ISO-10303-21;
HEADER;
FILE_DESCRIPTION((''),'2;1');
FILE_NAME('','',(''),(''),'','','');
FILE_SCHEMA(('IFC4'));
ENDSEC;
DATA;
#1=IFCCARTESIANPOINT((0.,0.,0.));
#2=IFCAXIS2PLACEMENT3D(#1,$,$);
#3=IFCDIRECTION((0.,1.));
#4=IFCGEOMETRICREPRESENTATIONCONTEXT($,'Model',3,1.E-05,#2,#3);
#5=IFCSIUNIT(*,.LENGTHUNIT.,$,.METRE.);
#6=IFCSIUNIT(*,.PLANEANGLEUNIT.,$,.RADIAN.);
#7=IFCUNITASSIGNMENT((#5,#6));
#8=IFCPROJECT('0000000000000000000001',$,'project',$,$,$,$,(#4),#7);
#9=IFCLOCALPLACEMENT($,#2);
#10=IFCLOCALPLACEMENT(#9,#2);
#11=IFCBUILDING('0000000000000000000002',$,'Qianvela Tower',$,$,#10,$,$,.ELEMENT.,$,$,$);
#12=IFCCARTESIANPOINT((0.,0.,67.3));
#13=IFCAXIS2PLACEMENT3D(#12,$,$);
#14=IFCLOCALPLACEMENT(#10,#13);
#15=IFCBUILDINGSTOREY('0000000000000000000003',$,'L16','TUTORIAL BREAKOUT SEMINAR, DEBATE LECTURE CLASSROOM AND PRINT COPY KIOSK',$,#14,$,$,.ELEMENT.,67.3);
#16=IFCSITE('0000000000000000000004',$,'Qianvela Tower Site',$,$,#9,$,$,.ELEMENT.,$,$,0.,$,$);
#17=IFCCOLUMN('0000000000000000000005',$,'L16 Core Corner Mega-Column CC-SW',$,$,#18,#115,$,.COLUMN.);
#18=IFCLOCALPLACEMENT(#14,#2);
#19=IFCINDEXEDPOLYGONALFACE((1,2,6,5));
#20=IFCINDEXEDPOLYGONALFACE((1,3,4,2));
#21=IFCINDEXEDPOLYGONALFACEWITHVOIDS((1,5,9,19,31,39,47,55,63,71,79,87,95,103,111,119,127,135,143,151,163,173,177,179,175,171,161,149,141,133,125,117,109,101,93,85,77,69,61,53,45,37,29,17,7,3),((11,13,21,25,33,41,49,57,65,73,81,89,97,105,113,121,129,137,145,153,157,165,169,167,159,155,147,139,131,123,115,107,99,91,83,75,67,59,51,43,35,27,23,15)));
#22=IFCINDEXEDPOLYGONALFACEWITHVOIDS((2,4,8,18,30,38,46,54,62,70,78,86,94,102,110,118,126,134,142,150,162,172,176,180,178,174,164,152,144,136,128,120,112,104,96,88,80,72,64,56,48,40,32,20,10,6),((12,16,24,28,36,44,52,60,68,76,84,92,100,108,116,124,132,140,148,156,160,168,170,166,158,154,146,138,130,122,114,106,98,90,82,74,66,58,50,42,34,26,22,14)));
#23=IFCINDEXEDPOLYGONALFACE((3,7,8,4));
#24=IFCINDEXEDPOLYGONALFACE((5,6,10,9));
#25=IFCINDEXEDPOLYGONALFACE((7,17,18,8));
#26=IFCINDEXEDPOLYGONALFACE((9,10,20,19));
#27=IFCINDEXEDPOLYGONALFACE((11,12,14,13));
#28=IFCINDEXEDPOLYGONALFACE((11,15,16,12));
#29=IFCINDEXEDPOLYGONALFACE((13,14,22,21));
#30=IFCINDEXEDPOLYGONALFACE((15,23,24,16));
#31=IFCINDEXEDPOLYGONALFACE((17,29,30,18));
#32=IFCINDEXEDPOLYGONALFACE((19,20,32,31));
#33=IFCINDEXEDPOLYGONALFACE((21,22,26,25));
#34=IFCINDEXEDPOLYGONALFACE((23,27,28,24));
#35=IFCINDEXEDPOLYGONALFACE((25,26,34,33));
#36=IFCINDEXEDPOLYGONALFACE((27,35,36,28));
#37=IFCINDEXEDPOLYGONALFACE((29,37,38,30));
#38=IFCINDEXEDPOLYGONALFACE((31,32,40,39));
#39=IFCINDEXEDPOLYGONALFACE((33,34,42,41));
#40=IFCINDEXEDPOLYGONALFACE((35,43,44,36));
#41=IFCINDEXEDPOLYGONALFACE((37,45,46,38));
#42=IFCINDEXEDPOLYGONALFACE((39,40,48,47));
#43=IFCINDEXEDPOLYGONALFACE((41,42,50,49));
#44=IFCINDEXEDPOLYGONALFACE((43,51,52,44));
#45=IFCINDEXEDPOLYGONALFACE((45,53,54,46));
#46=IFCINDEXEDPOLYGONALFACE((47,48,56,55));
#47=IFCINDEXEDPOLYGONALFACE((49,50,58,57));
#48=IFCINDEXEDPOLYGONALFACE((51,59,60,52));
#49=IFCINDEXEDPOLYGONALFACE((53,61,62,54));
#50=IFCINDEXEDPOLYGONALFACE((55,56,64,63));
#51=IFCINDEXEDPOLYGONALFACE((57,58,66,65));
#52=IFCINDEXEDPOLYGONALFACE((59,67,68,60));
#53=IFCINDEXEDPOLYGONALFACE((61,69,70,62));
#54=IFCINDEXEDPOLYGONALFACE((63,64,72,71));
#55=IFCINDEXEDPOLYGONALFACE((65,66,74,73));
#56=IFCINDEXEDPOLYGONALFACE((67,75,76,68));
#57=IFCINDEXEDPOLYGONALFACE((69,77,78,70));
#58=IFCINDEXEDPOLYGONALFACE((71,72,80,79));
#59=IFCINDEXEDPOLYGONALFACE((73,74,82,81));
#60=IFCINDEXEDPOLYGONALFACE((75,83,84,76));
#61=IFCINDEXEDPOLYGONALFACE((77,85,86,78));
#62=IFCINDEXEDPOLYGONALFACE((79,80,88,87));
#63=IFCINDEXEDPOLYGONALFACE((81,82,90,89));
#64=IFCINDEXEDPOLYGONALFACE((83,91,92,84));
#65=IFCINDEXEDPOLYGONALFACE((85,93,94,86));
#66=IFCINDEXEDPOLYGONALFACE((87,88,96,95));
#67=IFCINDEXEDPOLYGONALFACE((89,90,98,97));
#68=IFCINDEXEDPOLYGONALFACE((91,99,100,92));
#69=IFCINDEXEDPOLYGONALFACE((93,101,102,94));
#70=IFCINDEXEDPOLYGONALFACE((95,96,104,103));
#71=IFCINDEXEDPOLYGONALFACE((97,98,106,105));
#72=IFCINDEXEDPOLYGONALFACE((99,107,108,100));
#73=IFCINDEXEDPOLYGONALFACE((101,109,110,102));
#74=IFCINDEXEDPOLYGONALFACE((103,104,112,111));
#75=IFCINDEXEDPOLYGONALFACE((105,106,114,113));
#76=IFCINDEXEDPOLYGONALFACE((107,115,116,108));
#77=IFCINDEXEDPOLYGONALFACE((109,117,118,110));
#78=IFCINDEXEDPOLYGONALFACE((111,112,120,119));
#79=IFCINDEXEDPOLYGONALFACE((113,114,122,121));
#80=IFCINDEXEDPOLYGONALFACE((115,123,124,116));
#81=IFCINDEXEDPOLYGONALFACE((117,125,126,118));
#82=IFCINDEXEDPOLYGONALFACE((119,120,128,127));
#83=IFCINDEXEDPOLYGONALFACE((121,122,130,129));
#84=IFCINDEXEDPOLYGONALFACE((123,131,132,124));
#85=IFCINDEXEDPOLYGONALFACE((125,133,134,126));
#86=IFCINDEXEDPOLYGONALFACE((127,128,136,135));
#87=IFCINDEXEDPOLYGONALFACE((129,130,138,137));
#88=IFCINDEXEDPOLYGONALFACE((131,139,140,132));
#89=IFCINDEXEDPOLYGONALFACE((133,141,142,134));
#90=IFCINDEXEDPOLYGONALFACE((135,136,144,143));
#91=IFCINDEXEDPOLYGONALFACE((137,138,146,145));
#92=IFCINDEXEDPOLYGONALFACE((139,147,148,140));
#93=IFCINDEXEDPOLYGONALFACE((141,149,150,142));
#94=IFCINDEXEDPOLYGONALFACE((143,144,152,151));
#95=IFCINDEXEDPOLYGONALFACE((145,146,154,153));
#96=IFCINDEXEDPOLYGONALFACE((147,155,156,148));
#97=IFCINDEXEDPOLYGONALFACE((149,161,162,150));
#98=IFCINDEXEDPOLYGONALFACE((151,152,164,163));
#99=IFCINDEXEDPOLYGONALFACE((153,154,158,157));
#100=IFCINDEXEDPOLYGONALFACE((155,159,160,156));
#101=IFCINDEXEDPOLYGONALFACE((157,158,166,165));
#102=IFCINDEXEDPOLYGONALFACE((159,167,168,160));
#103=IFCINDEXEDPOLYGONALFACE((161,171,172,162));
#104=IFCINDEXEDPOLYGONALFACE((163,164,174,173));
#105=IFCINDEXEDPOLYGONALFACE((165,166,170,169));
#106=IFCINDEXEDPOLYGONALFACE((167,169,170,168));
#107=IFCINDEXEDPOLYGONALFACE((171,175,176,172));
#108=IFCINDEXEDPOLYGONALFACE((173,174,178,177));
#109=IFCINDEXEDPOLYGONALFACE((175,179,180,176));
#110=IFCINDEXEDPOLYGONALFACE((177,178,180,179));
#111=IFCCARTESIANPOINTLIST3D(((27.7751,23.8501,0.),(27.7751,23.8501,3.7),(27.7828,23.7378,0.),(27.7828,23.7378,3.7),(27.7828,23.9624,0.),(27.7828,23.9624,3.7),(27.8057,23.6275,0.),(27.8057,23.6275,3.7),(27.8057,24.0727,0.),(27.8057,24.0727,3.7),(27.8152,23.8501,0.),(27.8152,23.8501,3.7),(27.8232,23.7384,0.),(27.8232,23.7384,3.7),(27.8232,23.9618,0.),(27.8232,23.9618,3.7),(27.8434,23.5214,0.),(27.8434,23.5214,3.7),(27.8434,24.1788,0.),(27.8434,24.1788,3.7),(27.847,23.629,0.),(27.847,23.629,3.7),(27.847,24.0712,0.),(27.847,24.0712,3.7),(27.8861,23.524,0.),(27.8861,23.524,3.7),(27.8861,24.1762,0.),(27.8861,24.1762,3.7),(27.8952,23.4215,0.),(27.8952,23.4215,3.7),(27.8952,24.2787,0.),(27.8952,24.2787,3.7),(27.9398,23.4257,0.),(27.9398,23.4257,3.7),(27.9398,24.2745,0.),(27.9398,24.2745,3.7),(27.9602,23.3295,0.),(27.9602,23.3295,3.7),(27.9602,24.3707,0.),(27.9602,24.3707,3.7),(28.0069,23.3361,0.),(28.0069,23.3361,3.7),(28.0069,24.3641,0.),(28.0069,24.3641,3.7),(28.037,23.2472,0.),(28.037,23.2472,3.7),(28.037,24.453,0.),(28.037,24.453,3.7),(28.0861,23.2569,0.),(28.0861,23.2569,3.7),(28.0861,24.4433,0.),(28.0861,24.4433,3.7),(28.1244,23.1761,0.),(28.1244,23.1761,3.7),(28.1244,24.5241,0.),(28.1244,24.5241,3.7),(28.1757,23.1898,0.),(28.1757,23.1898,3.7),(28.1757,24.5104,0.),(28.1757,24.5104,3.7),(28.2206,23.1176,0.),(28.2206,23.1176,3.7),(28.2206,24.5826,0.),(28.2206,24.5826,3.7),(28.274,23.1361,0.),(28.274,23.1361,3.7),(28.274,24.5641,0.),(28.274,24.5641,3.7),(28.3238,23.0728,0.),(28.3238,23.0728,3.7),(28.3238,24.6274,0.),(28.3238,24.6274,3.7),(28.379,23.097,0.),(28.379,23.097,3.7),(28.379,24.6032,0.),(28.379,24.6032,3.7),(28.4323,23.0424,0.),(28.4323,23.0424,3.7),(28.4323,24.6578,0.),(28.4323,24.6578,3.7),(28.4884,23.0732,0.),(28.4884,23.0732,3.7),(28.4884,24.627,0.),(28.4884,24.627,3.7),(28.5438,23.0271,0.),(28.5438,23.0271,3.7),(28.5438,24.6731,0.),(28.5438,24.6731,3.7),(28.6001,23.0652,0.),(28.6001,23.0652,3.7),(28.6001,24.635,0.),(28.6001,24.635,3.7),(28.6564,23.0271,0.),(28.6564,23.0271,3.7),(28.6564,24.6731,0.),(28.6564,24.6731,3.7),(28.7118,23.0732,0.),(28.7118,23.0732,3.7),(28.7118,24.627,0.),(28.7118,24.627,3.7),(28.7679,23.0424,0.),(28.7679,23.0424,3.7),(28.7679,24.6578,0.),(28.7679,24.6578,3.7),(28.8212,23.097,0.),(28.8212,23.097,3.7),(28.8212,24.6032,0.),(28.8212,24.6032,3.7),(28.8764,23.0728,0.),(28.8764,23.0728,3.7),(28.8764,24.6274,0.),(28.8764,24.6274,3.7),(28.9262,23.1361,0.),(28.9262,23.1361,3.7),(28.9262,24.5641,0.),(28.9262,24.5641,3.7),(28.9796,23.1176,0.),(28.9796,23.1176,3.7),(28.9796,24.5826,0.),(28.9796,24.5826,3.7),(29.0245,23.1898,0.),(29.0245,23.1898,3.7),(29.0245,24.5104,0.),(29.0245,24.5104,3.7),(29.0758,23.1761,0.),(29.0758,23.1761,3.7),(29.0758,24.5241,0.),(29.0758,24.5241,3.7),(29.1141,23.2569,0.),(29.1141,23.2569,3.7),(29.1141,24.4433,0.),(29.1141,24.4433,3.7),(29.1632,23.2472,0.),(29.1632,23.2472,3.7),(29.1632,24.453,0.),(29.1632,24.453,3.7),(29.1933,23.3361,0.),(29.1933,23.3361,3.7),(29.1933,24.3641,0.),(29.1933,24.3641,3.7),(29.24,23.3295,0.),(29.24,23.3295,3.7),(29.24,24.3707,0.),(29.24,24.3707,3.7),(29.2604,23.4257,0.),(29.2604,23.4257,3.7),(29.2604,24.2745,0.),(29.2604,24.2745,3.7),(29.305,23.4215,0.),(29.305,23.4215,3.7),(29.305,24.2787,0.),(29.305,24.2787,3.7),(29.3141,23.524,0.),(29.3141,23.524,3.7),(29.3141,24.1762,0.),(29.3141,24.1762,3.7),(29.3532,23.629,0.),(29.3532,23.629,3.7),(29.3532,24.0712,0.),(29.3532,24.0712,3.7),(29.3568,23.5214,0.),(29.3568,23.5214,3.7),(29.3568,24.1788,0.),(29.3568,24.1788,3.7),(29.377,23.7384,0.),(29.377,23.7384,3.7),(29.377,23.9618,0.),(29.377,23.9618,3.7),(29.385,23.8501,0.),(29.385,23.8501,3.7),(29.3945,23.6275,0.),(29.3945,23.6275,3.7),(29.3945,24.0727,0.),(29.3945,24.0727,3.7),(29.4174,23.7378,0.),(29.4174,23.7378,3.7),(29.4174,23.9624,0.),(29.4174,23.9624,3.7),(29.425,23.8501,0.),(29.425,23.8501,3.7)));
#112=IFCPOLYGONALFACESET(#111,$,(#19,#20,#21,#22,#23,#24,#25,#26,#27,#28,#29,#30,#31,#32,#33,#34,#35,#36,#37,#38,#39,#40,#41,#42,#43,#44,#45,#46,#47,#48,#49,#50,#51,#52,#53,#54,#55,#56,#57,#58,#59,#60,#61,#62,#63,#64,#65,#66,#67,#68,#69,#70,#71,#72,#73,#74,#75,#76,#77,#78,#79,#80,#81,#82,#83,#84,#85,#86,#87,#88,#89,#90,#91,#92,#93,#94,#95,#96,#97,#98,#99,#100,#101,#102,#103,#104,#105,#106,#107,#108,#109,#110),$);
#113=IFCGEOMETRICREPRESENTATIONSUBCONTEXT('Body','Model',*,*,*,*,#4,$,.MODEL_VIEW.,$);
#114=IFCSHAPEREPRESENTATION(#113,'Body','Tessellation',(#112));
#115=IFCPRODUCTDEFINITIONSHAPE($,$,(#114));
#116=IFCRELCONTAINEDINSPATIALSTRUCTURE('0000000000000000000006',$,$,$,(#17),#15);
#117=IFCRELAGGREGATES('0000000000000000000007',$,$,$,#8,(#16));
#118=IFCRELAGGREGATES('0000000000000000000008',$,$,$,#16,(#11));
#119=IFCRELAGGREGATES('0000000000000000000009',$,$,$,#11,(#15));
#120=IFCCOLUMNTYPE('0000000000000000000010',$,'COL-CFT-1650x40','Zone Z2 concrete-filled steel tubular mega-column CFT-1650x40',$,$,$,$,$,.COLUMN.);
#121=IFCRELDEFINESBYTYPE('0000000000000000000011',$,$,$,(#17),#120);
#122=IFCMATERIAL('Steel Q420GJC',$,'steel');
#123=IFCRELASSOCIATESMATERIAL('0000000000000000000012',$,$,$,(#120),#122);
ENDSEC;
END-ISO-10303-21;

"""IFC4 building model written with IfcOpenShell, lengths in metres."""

from ifc_helpers import new_model, si_unit, direction, frame, origin, origin_2d, place, context, subcontext, project, spatial, hollow_circle, extrude, material, material_profile, profile_set, type_object, element, save


model = new_model("IFC4")

# Units and contexts
model_context = context("Model", 3, precision=1e-05, world=origin(), true_north=direction((0.0, 1.0)))
body_context = subcontext(model_context, "Body", "Model", "MODEL_VIEW")
ifc_project = project(units=[si_unit("LENGTHUNIT", "METRE"), si_unit("PLANEANGLEUNIT", "RADIAN")], contexts=[model_context])

# Site, building, storey
site_placement = place(None, origin())
site = spatial("IfcSite", under=ifc_project, at=site_placement, Name="Qianvela Tower Site", CompositionType="ELEMENT", RefElevation=0.0)
building_placement = place(site_placement, origin())
building = spatial("IfcBuilding", under=site, at=building_placement, Name="Qianvela Tower", CompositionType="ELEMENT")
storey_placement = place(building_placement, frame((0.0, 0.0, 67.3)))
storey = spatial("IfcBuildingStorey", under=building, at=storey_placement, Name="L16", Description="TUTORIAL BREAKOUT SEMINAR, DEBATE LECTURE CLASSROOM AND PRINT COPY KIOSK", CompositionType="ELEMENT", Elevation=67.3)

# Column
ifc_material_1 = material(Name="Steel Q420GJC", Category="steel")
ifc_material_profile_1 = material_profile(ifc_material_1, hollow_circle(Radius=0.825, WallThickness=0.04, at=origin_2d()), Name="CFT-1650x40")
ifc_profile_set_1 = profile_set([ifc_material_profile_1], Name="Steel Q420GJC")
column_type = type_object("IfcColumnType", Name="COL-CFT-1650x40", Description="Zone Z2 concrete-filled steel tubular mega-column CFT-1650x40", PredefinedType="COLUMN", material=ifc_profile_set_1)
for number, where, z_axis, x_axis, name in (
    (1, (28.6001, 23.8501, 0.0), (0.0, 0.0, 1.0), (1.0, 0.0, 0.0), "L16 Core Corner Mega-Column CC-SW"),
):
    element("IfcColumn", number, at=place(storey_placement, frame(where, z_axis=z_axis, x_axis=x_axis)), inside=storey, type_object=column_type, Name=name, PredefinedType="COLUMN", context=body_context, shape_type="SweptSolid", body=[
        extrude(hollow_circle(Radius=0.825, WallThickness=0.04, at=origin_2d()), origin(), (0.0, 0.0, 1.0), 3.7),
    ])

save(model, "model.ifc")
